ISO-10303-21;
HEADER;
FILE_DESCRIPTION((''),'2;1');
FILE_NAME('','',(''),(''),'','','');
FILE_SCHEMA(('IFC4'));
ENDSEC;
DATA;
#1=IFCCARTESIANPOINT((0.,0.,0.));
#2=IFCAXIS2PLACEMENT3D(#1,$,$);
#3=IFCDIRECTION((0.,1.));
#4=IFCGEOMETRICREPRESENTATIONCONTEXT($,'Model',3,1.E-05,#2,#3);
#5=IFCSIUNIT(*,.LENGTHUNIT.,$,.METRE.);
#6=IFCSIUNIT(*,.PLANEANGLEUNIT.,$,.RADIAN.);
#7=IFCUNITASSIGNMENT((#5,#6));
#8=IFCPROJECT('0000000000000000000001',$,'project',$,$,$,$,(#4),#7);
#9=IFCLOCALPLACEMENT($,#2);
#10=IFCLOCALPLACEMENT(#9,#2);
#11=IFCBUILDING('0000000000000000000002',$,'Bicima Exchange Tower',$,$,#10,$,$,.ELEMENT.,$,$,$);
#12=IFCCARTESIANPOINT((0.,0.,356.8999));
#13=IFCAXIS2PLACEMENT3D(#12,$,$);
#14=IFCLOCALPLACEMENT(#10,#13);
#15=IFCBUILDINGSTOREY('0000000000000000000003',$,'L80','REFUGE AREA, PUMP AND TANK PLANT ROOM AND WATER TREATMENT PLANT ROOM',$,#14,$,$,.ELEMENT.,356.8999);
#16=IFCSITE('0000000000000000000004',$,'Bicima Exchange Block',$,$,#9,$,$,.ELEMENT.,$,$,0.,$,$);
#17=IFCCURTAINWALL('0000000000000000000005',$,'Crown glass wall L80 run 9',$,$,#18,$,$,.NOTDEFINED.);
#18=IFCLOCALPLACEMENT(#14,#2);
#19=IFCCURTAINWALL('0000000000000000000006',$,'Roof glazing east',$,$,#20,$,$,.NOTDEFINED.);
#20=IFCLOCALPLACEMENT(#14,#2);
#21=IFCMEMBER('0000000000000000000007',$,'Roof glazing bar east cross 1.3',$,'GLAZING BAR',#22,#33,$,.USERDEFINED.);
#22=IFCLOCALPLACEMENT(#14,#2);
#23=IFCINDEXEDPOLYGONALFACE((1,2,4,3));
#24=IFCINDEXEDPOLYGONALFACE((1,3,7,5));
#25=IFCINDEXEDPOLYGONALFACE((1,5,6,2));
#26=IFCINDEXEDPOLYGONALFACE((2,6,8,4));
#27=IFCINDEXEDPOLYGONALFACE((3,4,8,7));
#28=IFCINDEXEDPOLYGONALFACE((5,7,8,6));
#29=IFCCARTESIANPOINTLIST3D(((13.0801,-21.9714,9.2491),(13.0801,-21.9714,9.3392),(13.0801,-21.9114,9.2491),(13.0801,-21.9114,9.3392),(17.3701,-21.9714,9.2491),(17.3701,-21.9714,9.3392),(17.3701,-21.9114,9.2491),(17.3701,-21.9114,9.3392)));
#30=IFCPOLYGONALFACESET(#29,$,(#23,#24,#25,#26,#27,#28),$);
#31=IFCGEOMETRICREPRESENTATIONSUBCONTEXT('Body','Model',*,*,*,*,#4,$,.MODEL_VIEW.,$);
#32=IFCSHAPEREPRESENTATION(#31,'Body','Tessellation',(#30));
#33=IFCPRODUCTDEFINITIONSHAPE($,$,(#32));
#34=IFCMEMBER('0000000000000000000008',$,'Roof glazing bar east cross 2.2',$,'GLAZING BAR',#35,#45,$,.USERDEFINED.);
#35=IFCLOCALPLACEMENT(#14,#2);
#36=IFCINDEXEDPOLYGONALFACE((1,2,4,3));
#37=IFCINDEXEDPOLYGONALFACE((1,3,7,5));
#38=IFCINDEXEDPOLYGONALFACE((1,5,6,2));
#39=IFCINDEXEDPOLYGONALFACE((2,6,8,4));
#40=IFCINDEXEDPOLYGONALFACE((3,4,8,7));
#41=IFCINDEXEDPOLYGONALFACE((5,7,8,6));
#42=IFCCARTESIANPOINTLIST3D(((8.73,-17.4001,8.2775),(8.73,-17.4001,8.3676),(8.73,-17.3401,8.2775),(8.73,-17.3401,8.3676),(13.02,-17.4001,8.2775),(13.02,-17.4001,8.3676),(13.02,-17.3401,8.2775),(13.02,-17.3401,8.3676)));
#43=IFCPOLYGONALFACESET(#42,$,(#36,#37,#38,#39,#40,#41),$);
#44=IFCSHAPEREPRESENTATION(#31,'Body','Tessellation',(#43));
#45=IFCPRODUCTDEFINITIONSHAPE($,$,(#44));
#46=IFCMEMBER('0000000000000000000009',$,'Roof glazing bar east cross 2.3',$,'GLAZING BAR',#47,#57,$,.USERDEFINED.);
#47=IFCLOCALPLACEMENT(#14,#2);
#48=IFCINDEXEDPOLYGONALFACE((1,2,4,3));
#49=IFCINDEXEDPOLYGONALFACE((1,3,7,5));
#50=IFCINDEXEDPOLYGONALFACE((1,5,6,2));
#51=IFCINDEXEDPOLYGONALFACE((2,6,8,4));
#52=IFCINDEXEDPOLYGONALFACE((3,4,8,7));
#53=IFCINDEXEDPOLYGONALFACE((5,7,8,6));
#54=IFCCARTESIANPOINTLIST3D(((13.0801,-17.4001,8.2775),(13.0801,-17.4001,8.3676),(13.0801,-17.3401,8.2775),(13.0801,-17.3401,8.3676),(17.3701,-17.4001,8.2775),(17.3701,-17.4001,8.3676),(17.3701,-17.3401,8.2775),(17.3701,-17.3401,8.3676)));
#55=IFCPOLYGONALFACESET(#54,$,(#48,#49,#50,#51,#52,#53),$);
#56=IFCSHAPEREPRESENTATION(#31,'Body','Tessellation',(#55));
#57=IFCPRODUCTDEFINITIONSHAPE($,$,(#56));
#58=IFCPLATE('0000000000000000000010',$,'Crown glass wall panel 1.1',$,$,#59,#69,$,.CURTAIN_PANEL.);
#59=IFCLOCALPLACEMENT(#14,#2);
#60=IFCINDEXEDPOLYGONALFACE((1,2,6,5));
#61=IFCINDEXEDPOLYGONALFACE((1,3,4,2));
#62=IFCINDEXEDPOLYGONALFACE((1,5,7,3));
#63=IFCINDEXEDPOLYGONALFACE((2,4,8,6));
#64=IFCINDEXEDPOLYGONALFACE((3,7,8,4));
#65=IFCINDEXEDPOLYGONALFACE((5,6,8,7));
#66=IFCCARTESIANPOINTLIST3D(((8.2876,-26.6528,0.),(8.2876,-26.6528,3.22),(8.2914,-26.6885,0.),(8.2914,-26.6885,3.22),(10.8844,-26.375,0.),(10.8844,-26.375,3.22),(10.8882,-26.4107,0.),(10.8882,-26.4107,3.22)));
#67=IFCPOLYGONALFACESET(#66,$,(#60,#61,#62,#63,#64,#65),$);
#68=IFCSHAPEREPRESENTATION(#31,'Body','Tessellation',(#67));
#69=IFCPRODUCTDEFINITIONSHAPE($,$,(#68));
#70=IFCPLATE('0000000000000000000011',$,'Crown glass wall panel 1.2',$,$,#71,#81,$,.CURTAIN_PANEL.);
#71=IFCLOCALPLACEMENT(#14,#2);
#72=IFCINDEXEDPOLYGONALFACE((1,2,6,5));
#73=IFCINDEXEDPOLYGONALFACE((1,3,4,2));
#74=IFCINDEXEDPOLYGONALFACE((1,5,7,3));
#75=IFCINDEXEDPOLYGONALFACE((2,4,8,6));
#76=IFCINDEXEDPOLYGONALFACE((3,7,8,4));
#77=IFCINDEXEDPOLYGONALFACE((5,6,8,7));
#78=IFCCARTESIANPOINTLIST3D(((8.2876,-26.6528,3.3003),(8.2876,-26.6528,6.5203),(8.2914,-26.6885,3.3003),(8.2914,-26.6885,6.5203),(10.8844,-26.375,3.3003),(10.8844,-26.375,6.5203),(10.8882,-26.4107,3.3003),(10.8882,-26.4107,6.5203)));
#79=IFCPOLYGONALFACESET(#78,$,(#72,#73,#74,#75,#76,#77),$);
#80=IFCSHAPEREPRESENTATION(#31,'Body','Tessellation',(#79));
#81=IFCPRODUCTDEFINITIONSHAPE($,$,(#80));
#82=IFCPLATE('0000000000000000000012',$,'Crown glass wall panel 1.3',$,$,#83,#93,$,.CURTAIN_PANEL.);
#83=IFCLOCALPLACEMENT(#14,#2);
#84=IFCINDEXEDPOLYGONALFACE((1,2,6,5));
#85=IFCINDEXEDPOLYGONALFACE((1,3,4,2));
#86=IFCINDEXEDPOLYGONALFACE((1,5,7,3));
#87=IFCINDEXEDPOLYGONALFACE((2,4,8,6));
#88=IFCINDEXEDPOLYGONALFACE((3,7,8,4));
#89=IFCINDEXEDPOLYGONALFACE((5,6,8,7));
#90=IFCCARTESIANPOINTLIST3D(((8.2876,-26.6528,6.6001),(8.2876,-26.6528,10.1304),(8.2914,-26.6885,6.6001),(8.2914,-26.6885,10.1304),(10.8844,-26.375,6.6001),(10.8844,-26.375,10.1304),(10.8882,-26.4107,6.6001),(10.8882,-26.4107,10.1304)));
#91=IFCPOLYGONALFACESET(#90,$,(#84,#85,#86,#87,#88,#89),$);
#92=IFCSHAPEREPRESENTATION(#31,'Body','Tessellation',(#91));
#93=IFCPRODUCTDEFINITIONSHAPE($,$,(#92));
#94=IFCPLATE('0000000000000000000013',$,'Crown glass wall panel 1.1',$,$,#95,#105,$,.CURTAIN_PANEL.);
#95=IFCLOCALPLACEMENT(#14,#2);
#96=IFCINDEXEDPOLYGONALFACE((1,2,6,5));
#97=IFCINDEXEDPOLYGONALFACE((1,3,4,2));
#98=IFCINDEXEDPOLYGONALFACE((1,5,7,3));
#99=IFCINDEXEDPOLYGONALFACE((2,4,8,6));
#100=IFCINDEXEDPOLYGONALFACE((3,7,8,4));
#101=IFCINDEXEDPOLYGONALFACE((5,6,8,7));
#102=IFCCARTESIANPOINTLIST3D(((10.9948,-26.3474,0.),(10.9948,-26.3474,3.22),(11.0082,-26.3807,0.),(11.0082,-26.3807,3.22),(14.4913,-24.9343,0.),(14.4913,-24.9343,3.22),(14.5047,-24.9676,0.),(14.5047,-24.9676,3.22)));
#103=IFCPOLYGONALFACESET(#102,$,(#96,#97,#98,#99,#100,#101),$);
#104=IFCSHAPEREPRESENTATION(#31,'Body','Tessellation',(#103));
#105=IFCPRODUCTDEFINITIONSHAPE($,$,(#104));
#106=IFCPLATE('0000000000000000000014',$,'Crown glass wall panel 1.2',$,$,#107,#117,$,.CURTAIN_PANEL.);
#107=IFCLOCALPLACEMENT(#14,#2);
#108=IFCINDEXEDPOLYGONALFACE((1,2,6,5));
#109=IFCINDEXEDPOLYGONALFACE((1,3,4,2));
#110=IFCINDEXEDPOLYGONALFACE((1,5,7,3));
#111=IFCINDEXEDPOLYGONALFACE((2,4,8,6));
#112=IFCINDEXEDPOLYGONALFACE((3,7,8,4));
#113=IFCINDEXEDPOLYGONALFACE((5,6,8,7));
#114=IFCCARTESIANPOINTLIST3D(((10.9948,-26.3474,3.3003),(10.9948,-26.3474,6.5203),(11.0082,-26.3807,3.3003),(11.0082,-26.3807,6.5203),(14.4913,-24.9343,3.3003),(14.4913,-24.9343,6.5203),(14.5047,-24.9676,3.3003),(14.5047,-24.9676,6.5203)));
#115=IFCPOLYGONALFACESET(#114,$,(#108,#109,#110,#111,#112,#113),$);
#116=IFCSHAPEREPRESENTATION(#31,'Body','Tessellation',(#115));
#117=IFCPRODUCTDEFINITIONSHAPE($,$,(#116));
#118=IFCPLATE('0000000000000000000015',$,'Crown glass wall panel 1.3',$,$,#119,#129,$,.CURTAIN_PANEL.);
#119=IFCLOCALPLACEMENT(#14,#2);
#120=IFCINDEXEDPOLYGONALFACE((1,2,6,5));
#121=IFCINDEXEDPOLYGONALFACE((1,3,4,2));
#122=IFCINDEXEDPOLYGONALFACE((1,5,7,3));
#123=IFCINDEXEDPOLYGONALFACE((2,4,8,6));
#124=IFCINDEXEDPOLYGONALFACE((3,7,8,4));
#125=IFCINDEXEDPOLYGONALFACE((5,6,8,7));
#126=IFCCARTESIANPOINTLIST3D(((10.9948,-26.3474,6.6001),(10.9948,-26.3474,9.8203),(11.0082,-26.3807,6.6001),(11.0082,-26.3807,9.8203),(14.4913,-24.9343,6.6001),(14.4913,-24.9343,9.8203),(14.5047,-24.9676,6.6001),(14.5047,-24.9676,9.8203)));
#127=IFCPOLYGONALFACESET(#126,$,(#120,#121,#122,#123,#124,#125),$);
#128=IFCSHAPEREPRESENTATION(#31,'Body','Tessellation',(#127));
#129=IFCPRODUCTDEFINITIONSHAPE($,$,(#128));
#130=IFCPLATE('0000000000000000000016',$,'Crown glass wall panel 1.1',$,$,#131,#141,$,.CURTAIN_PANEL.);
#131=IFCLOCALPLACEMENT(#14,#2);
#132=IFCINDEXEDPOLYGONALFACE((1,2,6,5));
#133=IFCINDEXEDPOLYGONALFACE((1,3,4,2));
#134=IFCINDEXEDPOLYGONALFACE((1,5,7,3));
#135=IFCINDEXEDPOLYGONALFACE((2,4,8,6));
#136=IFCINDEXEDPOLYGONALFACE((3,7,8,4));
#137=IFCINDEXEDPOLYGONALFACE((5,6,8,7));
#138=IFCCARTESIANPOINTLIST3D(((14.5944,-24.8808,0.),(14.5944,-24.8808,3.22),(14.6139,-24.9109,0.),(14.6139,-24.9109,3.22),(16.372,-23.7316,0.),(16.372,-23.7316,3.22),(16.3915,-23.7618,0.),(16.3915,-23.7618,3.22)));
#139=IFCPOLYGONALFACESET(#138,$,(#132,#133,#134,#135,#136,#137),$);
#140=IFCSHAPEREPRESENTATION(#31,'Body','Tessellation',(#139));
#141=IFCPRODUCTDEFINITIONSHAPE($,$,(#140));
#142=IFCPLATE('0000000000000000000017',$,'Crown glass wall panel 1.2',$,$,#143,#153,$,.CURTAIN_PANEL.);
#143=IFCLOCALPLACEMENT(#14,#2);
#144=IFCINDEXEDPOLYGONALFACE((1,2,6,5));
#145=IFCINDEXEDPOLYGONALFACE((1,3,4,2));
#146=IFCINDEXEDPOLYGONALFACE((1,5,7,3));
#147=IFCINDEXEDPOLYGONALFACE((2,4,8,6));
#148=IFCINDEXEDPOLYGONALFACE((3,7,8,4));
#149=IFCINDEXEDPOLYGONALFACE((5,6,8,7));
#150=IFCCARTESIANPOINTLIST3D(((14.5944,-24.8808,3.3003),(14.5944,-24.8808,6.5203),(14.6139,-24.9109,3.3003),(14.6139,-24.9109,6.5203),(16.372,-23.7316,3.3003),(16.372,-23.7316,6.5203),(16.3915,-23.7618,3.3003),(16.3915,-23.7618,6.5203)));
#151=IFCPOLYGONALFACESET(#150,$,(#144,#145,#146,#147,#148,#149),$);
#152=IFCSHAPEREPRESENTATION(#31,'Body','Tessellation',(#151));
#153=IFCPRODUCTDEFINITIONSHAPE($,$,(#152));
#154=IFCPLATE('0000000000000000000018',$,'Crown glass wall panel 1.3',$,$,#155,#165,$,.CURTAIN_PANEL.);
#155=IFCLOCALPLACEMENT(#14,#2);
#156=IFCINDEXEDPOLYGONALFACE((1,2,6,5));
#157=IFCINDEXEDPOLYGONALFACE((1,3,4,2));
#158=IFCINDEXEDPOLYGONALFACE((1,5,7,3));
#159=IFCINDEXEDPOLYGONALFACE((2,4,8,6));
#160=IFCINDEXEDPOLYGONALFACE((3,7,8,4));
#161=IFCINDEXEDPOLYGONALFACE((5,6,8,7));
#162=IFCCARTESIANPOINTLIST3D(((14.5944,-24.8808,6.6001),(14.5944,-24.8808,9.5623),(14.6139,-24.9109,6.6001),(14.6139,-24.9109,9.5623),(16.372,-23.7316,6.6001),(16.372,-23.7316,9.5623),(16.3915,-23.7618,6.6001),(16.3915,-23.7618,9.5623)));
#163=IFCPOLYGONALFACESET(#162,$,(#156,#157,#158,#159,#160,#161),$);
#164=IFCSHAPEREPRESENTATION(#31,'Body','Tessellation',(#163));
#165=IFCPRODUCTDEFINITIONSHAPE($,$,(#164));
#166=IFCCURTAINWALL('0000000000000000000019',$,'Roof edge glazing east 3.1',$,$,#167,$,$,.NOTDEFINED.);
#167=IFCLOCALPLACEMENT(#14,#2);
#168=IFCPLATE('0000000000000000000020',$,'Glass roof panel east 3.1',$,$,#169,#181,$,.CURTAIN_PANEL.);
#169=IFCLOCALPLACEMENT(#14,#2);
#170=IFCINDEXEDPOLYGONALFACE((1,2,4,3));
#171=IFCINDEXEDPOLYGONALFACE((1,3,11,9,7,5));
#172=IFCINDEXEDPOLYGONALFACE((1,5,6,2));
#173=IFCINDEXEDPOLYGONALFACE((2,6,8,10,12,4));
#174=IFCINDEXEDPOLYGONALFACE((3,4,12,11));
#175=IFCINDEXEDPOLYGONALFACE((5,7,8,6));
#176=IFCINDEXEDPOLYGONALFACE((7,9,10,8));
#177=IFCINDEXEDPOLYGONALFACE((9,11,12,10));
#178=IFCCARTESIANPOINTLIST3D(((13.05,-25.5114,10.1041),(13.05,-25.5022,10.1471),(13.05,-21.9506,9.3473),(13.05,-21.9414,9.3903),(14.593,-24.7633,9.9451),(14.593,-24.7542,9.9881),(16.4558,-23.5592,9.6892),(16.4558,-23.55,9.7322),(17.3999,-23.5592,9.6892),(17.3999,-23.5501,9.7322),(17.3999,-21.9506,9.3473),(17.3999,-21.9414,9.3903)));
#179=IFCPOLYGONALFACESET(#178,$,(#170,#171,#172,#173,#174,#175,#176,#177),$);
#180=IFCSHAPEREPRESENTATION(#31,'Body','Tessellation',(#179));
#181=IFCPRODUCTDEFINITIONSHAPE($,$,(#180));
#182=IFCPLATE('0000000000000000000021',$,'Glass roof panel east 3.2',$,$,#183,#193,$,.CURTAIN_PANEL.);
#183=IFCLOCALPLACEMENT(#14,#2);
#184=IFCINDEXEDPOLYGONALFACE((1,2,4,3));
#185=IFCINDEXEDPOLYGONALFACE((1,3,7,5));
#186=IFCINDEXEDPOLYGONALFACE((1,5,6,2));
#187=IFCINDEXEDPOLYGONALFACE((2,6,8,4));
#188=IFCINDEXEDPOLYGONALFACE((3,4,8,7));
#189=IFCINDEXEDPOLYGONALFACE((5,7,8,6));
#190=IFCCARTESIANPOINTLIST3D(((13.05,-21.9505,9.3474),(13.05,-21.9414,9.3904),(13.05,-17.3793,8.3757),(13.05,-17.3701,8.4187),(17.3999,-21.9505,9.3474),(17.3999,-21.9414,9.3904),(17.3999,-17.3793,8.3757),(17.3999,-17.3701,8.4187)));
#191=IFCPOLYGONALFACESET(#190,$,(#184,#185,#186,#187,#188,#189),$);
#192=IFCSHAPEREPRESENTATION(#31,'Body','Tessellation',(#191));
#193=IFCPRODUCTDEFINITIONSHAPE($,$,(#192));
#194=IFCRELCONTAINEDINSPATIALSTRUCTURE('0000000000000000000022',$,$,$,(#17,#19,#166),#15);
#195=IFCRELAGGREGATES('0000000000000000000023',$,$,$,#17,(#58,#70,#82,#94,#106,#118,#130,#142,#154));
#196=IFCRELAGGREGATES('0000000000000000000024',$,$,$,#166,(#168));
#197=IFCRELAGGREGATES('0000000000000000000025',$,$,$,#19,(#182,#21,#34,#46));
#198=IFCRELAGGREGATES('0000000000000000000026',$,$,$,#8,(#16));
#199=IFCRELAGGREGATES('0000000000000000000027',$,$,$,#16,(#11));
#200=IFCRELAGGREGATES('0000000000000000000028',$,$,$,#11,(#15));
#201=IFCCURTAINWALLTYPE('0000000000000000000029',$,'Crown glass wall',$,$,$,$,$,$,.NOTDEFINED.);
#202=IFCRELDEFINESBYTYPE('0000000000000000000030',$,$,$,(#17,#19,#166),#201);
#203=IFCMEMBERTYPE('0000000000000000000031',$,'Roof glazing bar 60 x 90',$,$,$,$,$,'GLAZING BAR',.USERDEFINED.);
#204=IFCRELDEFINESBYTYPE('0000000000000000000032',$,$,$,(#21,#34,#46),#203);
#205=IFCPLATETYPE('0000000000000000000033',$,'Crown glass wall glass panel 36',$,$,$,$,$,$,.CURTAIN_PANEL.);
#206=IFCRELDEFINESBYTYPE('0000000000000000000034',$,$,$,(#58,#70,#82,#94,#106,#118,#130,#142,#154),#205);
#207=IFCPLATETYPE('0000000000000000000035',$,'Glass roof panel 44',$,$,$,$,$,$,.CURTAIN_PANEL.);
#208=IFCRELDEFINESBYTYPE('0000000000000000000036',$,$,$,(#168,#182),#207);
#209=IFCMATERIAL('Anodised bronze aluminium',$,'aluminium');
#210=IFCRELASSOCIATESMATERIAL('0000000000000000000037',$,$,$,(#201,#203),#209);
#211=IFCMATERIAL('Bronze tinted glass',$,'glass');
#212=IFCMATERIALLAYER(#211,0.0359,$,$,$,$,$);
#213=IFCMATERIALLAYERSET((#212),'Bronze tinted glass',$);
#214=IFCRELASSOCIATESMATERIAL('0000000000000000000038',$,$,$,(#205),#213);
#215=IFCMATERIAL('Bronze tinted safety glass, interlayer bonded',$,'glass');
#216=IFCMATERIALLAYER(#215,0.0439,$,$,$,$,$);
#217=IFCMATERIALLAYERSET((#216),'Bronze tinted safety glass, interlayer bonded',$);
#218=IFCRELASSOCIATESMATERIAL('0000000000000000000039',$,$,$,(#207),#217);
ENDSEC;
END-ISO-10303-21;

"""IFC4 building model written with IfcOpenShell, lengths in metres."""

from ifc_helpers import new_model, si_unit, direction, frame, origin, origin_2d, place, context, subcontext, project, spatial, polyline, rectangle, outline, extrude, material, layer, layer_set, material_profile, profile_set, type_object, element, aggregate, save


model = new_model("IFC4")

# Units and contexts
model_context = context("Model", 3, precision=1e-05, world=origin(), true_north=direction((0.0, 1.0)))
body_context = subcontext(model_context, "Body", "Model", "MODEL_VIEW")
ifc_project = project(units=[si_unit("LENGTHUNIT", "METRE"), si_unit("PLANEANGLEUNIT", "RADIAN")], contexts=[model_context])

# Site, building, storey
site_placement = place(None, origin())
site = spatial("IfcSite", under=ifc_project, at=site_placement, Name="Bicima Exchange Block", CompositionType="ELEMENT", RefElevation=0.0)
building_placement = place(site_placement, origin())
building = spatial("IfcBuilding", under=site, at=building_placement, Name="Bicima Exchange Tower", CompositionType="ELEMENT")
storey_placement = place(building_placement, frame((0.0, 0.0, 356.8999)))
storey = spatial("IfcBuildingStorey", under=building, at=storey_placement, Name="L80", Description="REFUGE AREA, PUMP AND TANK PLANT ROOM AND WATER TREATMENT PLANT ROOM", CompositionType="ELEMENT", Elevation=356.8999)

# Curtain wall
ifc_material_1 = material(Name="Anodised bronze aluminium", Category="aluminium")
curtain_wall_type = type_object("IfcCurtainWallType", Name="Crown glass wall", PredefinedType="NOTDEFINED", material=ifc_material_1)
curtain_wall_1_placement = place(storey_placement, origin())
curtain_wall_1 = element("IfcCurtainWall", 1, at=curtain_wall_1_placement, inside=storey, type_object=curtain_wall_type, Name="Crown glass wall L80 run 9", PredefinedType="NOTDEFINED")

# Curtain wall, members
curtain_wall_2_placement = place(storey_placement, origin())
curtain_wall_2 = element("IfcCurtainWall", 2, at=curtain_wall_2_placement, inside=storey, type_object=curtain_wall_type, Name="Roof glazing east", PredefinedType="NOTDEFINED")
ifc_material_profile_1 = material_profile(ifc_material_1, rectangle(XDim=0.0601, YDim=0.0901, at=origin_2d()))
ifc_profile_set_1 = profile_set([ifc_material_profile_1], Name="Anodised bronze aluminium")
member_type_1 = type_object("IfcMemberType", Name="Roof glazing bar 60 x 90", ElementType="GLAZING BAR", PredefinedType="USERDEFINED", material=ifc_profile_set_1)
member_1_placement = place(storey_placement, frame((13.0801, -21.9414, 9.2942), z_axis=(1.0, 0.0, 0.0), x_axis=(0.0, 1.0, 0.0)))
member_1 = element("IfcMember", 3, at=member_1_placement, type_object=member_type_1, Name="Roof glazing bar east cross 1.3", ObjectType="GLAZING BAR", PredefinedType="USERDEFINED", context=body_context, shape_type="SweptSolid", body=[
    extrude(rectangle(XDim=0.0601, YDim=0.0901, at=origin_2d()), origin(), (0.0, 0.0, 1.0), 4.29),
])
member_2_placement = place(storey_placement, frame((8.73, -17.3701, 8.3225), z_axis=(1.0, 0.0, 0.0), x_axis=(0.0, 1.0, 0.0)))
member_2 = element("IfcMember", 4, at=member_2_placement, type_object=member_type_1, Name="Roof glazing bar east cross 2.2", ObjectType="GLAZING BAR", PredefinedType="USERDEFINED", context=body_context, shape_type="SweptSolid", body=[
    extrude(rectangle(XDim=0.0601, YDim=0.0901, at=origin_2d()), origin(), (0.0, 0.0, 1.0), 4.29),
])
member_3_placement = place(storey_placement, frame((13.0801, -17.3701, 8.3225), z_axis=(1.0, 0.0, 0.0), x_axis=(0.0, 1.0, 0.0)))
member_3 = element("IfcMember", 5, at=member_3_placement, type_object=member_type_1, Name="Roof glazing bar east cross 2.3", ObjectType="GLAZING BAR", PredefinedType="USERDEFINED", context=body_context, shape_type="SweptSolid", body=[
    extrude(rectangle(XDim=0.0601, YDim=0.0901, at=origin_2d()), origin(), (0.0, 0.0, 1.0), 4.29),
])

# Plates
ifc_material_2 = material(Name="Bronze tinted glass", Category="glass")
ifc_layer_1 = layer(ifc_material_2, 0.0359)
ifc_layer_set_1 = layer_set([ifc_layer_1], Name="Bronze tinted glass")
plate_type_1 = type_object("IfcPlateType", Name="Crown glass wall glass panel 36", PredefinedType="CURTAIN_PANEL", material=ifc_layer_set_1)
plate_1_placement = place(storey_placement, frame((9.5879, -26.5317, 0.0), z_axis=(0.0, 0.0, 1.0), x_axis=(0.994326, 0.106372, 0.0)))
plate_1 = element("IfcPlate", 6, at=plate_1_placement, type_object=plate_type_1, Name="Crown glass wall panel 1.1", PredefinedType="CURTAIN_PANEL", context=body_context, shape_type="SweptSolid", body=[
    extrude(rectangle(XDim=2.6116, YDim=0.0359, at=origin_2d()), origin(), (0.0, 0.0, 1.0), 3.22),
])
plate_2_placement = place(storey_placement, frame((9.5879, -26.5317, 3.3003), z_axis=(0.0, 0.0, 1.0), x_axis=(0.994326, 0.106372, 0.0)))
plate_2 = element("IfcPlate", 7, at=plate_2_placement, type_object=plate_type_1, Name="Crown glass wall panel 1.2", PredefinedType="CURTAIN_PANEL", context=body_context, shape_type="SweptSolid", body=[
    extrude(rectangle(XDim=2.6116, YDim=0.0359, at=origin_2d()), origin(), (0.0, 0.0, 1.0), 3.22),
])
plate_3_placement = place(storey_placement, frame((9.5879, -26.5317, 6.6001), z_axis=(0.0, 0.0, 1.0), x_axis=(0.994326, 0.106372, 0.0)))
plate_3 = element("IfcPlate", 8, at=plate_3_placement, type_object=plate_type_1, Name="Crown glass wall panel 1.3", PredefinedType="CURTAIN_PANEL", context=body_context, shape_type="SweptSolid", body=[
    extrude(rectangle(XDim=2.6116, YDim=0.0359, at=origin_2d()), origin(), (0.0, 0.0, 1.0), 3.5303),
])
plate_4_placement = place(storey_placement, frame((12.7498, -25.6575, 0.0), z_axis=(0.0, 0.0, 1.0), x_axis=(0.927144, 0.374705, 0.0)))
plate_4 = element("IfcPlate", 9, at=plate_4_placement, type_object=plate_type_1, Name="Crown glass wall panel 1.1", PredefinedType="CURTAIN_PANEL", context=body_context, shape_type="SweptSolid", body=[
    extrude(rectangle(XDim=3.7712, YDim=0.0359, at=origin_2d()), origin(), (0.0, 0.0, 1.0), 3.22),
])
plate_5_placement = place(storey_placement, frame((12.7498, -25.6575, 3.3003), z_axis=(0.0, 0.0, 1.0), x_axis=(0.927144, 0.374705, 0.0)))
plate_5 = element("IfcPlate", 10, at=plate_5_placement, type_object=plate_type_1, Name="Crown glass wall panel 1.2", PredefinedType="CURTAIN_PANEL", context=body_context, shape_type="SweptSolid", body=[
    extrude(rectangle(XDim=3.7712, YDim=0.0359, at=origin_2d()), origin(), (0.0, 0.0, 1.0), 3.22),
])
plate_6_placement = place(storey_placement, frame((12.7498, -25.6575, 6.6001), z_axis=(0.0, 0.0, 1.0), x_axis=(0.927144, 0.374705, 0.0)))
plate_6 = element("IfcPlate", 11, at=plate_6_placement, type_object=plate_type_1, Name="Crown glass wall panel 1.3", PredefinedType="CURTAIN_PANEL", context=body_context, shape_type="SweptSolid", body=[
    extrude(rectangle(XDim=3.7712, YDim=0.0359, at=origin_2d()), origin(), (0.0, 0.0, 1.0), 3.2202),
])
plate_7_placement = place(storey_placement, frame((15.4929, -24.3213, 0.0), z_axis=(0.0, 0.0, 1.0), x_axis=(0.83979, 0.542911, 0.0)))
plate_7 = element("IfcPlate", 12, at=plate_7_placement, type_object=plate_type_1, Name="Crown glass wall panel 1.1", PredefinedType="CURTAIN_PANEL", context=body_context, shape_type="SweptSolid", body=[
    extrude(rectangle(XDim=2.1167, YDim=0.0359, at=origin_2d()), origin(), (0.0, 0.0, 1.0), 3.22),
])
plate_8_placement = place(storey_placement, frame((15.4929, -24.3213, 3.3003), z_axis=(0.0, 0.0, 1.0), x_axis=(0.83979, 0.542911, 0.0)))
plate_8 = element("IfcPlate", 13, at=plate_8_placement, type_object=plate_type_1, Name="Crown glass wall panel 1.2", PredefinedType="CURTAIN_PANEL", context=body_context, shape_type="SweptSolid", body=[
    extrude(rectangle(XDim=2.1167, YDim=0.0359, at=origin_2d()), origin(), (0.0, 0.0, 1.0), 3.22),
])
plate_9_placement = place(storey_placement, frame((15.4929, -24.3213, 6.6001), z_axis=(0.0, 0.0, 1.0), x_axis=(0.83979, 0.542911, 0.0)))
plate_9 = element("IfcPlate", 14, at=plate_9_placement, type_object=plate_type_1, Name="Crown glass wall panel 1.3", PredefinedType="CURTAIN_PANEL", context=body_context, shape_type="SweptSolid", body=[
    extrude(rectangle(XDim=2.1167, YDim=0.0359, at=origin_2d()), origin(), (0.0, 0.0, 1.0), 2.9622),
])
aggregate(curtain_wall_1, [plate_1, plate_2, plate_3, plate_4, plate_5, plate_6, plate_7, plate_8, plate_9])

# Curtain wall, plate
curtain_wall_3_placement = place(storey_placement, origin())
curtain_wall_3 = element("IfcCurtainWall", 15, at=curtain_wall_3_placement, inside=storey, type_object=curtain_wall_type, Name="Roof edge glazing east 3.1", PredefinedType="NOTDEFINED")
ifc_material_3 = material(Name="Bronze tinted safety glass, interlayer bonded", Category="glass")
ifc_layer_2 = layer(ifc_material_3, 0.0439)
ifc_layer_set_2 = layer_set([ifc_layer_2], Name="Bronze tinted safety glass, interlayer bonded")
plate_type_2 = type_object("IfcPlateType", Name="Glass roof panel 44", PredefinedType="CURTAIN_PANEL", material=ifc_layer_set_2)
plate_10_placement = place(storey_placement, frame((16.4558, -23.55, 9.7322), z_axis=(0.00001, 0.207893, 0.978152), x_axis=(-0.834281, -0.539291, 0.114627)))
plate_10 = element("IfcPlate", 16, at=plate_10_placement, type_object=plate_type_2, Name="Glass roof panel east 3.1", PredefinedType="CURTAIN_PANEL", context=body_context, shape_type="SweptSolid", body=[
    extrude(outline(polyline([(0.0, 0.0), (2.2328, 0.0), (3.9417, -0.2127), (1.9347, -3.2497), (-1.6943, -0.8515), (-0.7876, 0.5205), (0.0, 0.0)])), origin(), (0.0, 0.0, -1.0), 0.0439),
])
aggregate(curtain_wall_3, [plate_10])

# Plate
plate_11_placement = place(storey_placement, frame((13.05, -21.9414, 9.3904), z_axis=(0.0, 0.207916, 0.978147), x_axis=(0.0, 0.978147, -0.207916)))
plate_11 = element("IfcPlate", 17, at=plate_11_placement, type_object=plate_type_2, Name="Glass roof panel east 3.2", PredefinedType="CURTAIN_PANEL", context=body_context, shape_type="SweptSolid", body=[
    extrude(outline(polyline([(0.0, 0.0), (4.6734, 0.0), (4.6734, -4.3499), (0.0, -4.3499), (0.0, 0.0)])), origin(), (0.0, 0.0, -1.0), 0.0439),
])
aggregate(curtain_wall_2, [plate_11, member_1, member_2, member_3])

save(model, "model.ifc")
